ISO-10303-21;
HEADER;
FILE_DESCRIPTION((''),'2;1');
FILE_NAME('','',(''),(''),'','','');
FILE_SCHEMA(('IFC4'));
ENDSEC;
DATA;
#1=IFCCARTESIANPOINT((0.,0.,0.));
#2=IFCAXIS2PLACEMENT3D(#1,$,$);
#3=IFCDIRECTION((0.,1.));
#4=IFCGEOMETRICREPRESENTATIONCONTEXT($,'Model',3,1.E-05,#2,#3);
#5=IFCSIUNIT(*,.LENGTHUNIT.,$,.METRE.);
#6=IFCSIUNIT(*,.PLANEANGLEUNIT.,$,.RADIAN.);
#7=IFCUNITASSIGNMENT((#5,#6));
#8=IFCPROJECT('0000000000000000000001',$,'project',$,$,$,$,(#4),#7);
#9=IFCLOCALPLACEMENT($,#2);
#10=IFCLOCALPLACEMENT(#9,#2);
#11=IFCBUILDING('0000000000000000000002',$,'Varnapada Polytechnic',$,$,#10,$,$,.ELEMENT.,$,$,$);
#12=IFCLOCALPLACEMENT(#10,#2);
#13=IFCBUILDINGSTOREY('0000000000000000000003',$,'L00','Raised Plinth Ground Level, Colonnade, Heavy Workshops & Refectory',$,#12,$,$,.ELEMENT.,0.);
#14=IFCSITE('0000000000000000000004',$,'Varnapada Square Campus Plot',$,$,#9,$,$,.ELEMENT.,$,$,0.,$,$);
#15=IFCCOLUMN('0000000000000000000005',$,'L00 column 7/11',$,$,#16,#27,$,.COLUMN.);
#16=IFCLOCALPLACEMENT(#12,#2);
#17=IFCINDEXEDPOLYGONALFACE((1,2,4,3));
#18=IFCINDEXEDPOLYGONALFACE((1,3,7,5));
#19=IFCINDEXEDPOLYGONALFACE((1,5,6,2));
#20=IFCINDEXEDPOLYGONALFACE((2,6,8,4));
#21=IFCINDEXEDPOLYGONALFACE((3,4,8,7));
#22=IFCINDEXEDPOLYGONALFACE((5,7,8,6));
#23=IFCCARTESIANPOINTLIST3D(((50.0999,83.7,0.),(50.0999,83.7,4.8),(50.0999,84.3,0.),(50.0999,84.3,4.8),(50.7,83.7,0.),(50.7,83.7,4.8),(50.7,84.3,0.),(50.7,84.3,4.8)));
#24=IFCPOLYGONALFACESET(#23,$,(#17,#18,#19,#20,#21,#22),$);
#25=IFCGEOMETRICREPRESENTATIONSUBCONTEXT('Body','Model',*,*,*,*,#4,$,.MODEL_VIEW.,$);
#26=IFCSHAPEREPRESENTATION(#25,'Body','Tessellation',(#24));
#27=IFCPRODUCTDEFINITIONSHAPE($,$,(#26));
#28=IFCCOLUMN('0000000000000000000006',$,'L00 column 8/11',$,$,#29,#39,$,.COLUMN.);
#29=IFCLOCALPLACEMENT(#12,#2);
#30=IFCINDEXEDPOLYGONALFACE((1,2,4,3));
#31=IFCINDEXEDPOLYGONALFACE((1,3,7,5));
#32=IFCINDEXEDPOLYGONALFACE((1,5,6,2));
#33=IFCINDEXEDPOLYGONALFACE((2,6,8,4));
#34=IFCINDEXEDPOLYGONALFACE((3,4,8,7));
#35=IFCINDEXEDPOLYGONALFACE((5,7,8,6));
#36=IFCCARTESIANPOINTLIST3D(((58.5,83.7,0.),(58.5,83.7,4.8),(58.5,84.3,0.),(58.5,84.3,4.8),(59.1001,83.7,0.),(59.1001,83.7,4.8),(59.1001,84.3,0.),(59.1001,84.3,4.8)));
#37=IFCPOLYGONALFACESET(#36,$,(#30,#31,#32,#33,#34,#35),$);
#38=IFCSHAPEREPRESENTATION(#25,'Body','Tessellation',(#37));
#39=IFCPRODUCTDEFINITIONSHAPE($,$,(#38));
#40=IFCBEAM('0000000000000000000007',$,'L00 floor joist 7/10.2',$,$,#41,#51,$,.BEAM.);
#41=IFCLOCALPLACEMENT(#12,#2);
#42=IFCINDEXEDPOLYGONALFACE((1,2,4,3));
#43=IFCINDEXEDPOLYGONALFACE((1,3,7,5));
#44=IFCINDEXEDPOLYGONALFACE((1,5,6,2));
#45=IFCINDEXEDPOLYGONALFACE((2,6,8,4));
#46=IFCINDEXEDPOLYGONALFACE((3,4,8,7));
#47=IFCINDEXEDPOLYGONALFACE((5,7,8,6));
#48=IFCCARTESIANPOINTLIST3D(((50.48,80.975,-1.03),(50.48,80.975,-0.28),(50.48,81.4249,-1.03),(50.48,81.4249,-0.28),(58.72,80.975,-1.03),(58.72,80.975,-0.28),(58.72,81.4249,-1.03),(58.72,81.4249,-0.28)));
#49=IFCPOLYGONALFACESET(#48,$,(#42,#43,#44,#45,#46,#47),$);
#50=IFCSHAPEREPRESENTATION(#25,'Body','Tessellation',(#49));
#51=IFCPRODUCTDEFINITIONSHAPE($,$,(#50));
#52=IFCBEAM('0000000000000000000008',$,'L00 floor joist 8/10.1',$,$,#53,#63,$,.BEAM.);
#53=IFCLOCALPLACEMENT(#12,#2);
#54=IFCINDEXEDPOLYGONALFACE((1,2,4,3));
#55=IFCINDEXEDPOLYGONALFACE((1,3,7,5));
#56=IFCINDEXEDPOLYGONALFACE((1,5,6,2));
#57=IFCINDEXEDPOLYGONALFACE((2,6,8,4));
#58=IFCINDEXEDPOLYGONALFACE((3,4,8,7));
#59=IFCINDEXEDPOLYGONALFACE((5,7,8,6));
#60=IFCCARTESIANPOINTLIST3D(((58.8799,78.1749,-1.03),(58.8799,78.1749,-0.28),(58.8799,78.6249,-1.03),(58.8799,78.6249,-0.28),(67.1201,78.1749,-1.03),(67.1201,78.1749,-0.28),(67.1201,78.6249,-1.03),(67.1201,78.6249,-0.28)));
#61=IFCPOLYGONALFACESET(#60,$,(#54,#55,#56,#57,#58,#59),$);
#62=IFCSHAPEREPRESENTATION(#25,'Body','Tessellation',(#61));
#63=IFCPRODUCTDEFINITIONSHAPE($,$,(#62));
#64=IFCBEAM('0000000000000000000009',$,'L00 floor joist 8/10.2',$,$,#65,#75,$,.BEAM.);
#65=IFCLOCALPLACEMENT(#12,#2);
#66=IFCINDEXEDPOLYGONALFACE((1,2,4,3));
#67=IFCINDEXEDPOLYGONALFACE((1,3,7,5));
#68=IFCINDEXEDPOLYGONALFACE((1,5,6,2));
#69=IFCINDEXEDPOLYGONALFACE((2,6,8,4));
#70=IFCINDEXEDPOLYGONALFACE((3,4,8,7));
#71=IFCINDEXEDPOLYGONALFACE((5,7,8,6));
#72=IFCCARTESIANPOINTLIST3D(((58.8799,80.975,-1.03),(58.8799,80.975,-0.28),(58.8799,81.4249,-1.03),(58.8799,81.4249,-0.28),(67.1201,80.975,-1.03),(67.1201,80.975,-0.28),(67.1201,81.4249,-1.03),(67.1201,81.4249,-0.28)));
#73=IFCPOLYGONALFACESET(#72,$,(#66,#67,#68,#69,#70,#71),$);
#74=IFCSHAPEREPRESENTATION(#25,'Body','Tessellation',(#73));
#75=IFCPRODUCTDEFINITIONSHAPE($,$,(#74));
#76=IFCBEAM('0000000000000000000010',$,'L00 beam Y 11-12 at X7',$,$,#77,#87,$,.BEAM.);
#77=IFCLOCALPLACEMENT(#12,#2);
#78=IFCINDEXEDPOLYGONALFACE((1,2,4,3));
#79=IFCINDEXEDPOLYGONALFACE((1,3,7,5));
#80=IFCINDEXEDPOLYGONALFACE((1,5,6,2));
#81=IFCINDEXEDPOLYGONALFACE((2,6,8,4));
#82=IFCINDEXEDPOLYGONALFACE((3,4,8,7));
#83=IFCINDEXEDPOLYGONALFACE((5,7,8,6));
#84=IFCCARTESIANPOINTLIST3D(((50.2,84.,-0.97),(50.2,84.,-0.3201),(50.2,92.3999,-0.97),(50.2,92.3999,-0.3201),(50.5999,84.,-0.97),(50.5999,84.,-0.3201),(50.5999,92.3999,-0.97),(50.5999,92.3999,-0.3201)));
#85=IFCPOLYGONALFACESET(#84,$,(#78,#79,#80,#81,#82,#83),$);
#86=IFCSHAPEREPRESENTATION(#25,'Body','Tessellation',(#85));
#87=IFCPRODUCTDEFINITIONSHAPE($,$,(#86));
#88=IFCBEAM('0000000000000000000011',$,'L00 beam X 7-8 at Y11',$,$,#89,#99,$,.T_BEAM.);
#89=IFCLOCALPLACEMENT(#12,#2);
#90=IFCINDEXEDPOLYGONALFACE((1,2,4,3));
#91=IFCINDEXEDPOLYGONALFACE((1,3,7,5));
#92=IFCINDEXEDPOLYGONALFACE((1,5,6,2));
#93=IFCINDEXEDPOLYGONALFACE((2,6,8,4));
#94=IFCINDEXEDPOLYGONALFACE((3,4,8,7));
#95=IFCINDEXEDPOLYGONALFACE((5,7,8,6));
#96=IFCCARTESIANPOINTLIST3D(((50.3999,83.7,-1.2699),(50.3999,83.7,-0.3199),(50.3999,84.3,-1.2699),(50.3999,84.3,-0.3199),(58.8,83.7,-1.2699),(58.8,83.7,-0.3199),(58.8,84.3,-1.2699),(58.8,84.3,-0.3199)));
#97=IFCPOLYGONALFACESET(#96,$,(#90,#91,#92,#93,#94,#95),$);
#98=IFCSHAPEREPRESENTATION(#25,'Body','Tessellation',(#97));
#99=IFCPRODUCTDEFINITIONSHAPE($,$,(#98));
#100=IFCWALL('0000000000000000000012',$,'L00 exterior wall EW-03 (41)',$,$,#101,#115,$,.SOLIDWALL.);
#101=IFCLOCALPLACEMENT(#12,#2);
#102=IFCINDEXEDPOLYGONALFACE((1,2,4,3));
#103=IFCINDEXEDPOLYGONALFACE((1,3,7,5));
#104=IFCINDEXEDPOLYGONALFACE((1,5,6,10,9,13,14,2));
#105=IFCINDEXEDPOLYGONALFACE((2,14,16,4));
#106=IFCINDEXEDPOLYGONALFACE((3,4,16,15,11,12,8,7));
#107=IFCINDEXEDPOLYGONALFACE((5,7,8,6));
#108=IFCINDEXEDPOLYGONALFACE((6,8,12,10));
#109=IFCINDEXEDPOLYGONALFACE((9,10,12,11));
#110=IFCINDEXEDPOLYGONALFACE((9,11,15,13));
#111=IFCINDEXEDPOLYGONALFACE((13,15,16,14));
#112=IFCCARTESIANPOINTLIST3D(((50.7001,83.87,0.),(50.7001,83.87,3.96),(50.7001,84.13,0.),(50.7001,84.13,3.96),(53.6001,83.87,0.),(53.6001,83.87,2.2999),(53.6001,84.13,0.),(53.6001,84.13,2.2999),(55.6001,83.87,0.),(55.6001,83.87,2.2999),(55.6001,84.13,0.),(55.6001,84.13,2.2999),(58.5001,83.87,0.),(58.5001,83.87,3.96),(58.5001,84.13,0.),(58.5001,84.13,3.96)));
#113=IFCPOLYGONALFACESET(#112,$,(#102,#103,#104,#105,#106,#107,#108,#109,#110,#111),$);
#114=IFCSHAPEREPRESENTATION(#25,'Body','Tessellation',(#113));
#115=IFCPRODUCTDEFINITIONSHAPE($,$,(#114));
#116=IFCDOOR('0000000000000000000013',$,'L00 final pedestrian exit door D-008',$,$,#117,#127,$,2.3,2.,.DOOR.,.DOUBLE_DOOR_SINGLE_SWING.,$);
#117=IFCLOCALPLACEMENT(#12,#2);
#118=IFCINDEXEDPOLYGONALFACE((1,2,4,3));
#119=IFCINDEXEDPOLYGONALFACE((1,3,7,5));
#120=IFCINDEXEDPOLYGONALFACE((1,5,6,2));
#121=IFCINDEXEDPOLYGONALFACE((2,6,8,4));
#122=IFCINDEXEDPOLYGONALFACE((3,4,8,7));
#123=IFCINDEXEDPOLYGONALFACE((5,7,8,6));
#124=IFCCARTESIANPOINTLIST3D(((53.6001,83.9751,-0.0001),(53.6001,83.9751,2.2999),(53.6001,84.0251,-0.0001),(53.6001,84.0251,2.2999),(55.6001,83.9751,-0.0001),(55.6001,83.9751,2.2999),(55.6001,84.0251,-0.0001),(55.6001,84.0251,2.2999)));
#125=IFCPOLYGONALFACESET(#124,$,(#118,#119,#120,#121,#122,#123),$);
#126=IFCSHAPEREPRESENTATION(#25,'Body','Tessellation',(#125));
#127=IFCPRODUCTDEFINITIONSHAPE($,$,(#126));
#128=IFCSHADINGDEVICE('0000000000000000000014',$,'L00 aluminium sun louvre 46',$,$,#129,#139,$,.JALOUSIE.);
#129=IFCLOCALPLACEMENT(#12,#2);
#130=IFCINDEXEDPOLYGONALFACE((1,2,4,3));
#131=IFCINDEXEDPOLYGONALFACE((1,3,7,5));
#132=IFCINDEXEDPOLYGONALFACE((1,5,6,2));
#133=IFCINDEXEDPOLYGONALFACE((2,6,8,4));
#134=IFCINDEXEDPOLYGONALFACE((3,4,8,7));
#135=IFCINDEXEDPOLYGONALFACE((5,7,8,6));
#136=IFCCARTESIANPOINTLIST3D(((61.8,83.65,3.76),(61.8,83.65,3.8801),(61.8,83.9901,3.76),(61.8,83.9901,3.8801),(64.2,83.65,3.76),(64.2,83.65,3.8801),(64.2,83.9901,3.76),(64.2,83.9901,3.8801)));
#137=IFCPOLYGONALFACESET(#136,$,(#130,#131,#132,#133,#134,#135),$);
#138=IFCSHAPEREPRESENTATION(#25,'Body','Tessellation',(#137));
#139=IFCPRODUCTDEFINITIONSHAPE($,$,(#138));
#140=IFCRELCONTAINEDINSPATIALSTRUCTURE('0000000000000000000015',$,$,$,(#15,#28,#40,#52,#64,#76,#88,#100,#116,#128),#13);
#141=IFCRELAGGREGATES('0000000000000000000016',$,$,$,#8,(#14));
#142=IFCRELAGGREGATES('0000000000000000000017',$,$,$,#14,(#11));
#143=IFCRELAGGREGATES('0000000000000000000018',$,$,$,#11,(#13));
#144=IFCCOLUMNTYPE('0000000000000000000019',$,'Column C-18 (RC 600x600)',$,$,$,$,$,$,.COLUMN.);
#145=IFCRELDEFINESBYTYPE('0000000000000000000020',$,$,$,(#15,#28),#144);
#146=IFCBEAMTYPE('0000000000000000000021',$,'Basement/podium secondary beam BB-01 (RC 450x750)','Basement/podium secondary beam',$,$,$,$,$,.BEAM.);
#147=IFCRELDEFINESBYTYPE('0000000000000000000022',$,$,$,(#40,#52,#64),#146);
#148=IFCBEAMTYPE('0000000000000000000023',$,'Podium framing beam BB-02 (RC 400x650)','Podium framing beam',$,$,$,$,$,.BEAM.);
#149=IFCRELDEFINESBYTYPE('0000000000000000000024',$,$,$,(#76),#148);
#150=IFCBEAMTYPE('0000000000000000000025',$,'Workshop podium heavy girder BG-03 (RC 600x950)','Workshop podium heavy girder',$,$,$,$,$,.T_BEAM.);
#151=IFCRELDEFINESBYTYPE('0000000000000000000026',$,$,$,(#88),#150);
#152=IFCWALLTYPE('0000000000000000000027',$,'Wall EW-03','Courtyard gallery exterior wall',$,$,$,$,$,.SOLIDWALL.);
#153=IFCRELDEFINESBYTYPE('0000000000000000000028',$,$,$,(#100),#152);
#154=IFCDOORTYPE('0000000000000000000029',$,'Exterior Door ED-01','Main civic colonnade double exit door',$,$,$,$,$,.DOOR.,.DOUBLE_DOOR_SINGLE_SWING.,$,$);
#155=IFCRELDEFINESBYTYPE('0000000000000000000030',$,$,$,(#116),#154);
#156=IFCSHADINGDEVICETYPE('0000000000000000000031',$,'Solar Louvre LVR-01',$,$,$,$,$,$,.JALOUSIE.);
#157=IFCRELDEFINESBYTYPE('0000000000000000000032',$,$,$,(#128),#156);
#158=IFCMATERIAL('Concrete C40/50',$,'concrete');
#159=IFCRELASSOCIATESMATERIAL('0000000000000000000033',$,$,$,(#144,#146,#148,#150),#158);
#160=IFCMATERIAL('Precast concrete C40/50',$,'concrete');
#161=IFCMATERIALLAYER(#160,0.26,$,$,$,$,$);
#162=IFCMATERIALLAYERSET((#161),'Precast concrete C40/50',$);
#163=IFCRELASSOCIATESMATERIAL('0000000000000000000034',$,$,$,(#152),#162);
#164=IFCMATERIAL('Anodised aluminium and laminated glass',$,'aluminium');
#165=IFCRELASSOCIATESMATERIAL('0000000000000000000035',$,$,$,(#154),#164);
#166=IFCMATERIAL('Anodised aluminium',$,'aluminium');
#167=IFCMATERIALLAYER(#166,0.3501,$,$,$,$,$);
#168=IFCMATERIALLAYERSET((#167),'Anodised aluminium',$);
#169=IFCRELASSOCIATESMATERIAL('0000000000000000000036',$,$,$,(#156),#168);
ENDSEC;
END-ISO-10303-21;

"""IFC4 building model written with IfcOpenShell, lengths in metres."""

from ifc_helpers import new_model, si_unit, direction, frame, frame_2d, origin, origin_2d, place, context, subcontext, project, spatial, rectangle, extrude, material, layer, layer_set, material_profile, profile_set, type_object, element, fill, save


model = new_model("IFC4")

# Units and contexts
model_context = context("Model", 3, precision=1e-05, world=origin(), true_north=direction((0.0, 1.0)))
body_context = subcontext(model_context, "Body", "Model", "MODEL_VIEW")
ifc_project = project(units=[si_unit("LENGTHUNIT", "METRE"), si_unit("PLANEANGLEUNIT", "RADIAN")], contexts=[model_context])

# Site, building, storey
site_placement = place(None, origin())
site = spatial("IfcSite", under=ifc_project, at=site_placement, Name="Varnapada Square Campus Plot", CompositionType="ELEMENT", RefElevation=0.0)
building_placement = place(site_placement, origin())
building = spatial("IfcBuilding", under=site, at=building_placement, Name="Varnapada Polytechnic", CompositionType="ELEMENT")
storey_placement = place(building_placement, origin())
storey = spatial("IfcBuildingStorey", under=building, at=storey_placement, Name="L00", Description="Raised Plinth Ground Level, Colonnade, Heavy Workshops & Refectory", CompositionType="ELEMENT", Elevation=0.0)

# Columns
ifc_material_1 = material(Name="Concrete C40/50", Category="concrete")
ifc_material_profile_1 = material_profile(ifc_material_1, rectangle(XDim=0.6001, YDim=0.6001, at=origin_2d()), Name="RC 600x600")
ifc_profile_set_1 = profile_set([ifc_material_profile_1], Name="Concrete C40/50")
column_type = type_object("IfcColumnType", Name="Column C-18 (RC 600x600)", PredefinedType="COLUMN", material=ifc_profile_set_1)
for number, where, z_axis, x_axis, name in (
    (1, (50.3999, 84.0, 0.0), (0.0, 0.0, 1.0), (1.0, 0.0, 0.0), "L00 column 7/11"),
    (2, (58.8, 84.0, 0.0), (0.0, 0.0, 1.0), (1.0, 0.0, 0.0), "L00 column 8/11"),
):
    element("IfcColumn", number, at=place(storey_placement, frame(where, z_axis=z_axis, x_axis=x_axis)), inside=storey, type_object=column_type, Name=name, PredefinedType="COLUMN", context=body_context, shape_type="SweptSolid", body=[
        extrude(rectangle(XDim=0.6001, YDim=0.6001, at=origin_2d()), origin(), (0.0, 0.0, 1.0), 4.8),
    ])

# Beams
ifc_material_profile_2 = material_profile(ifc_material_1, rectangle(XDim=0.45, YDim=0.75, at=origin_2d()), Name="RC 450x750")
ifc_profile_set_2 = profile_set([ifc_material_profile_2], Name="Concrete C40/50")
beam_type_1 = type_object("IfcBeamType", Name="Basement/podium secondary beam BB-01 (RC 450x750)", Description="Basement/podium secondary beam", PredefinedType="BEAM", material=ifc_profile_set_2)
beam_1_placement = place(storey_placement, frame((50.48, 81.2, -0.655), z_axis=(1.0, 0.0, 0.0), x_axis=(0.0, 1.0, 0.0)))
element("IfcBeam", 3, at=beam_1_placement, inside=storey, type_object=beam_type_1, Name="L00 floor joist 7/10.2", PredefinedType="BEAM", context=body_context, shape_type="SweptSolid", body=[
    extrude(rectangle(XDim=0.45, YDim=0.75, at=origin_2d()), origin(), (0.0, 0.0, 1.0), 8.24),
])
for number, where, z_axis, x_axis, name in (
    (4, (58.8799, 78.3999, -0.655), (1.0, 0.0, 0.0), (0.0, 1.0, 0.0), "L00 floor joist 8/10.1"),
    (5, (58.8799, 81.2, -0.655), (1.0, 0.0, 0.0), (0.0, 1.0, 0.0), "L00 floor joist 8/10.2"),
):
    element("IfcBeam", number, at=place(storey_placement, frame(where, z_axis=z_axis, x_axis=x_axis)), inside=storey, type_object=beam_type_1, Name=name, PredefinedType="BEAM", context=body_context, shape_type="SweptSolid", body=[
        extrude(rectangle(XDim=0.45, YDim=0.75, at=origin_2d()), origin(), (0.0, 0.0, 1.0), 8.2402),
    ])
ifc_material_profile_3 = material_profile(ifc_material_1, rectangle(XDim=0.3999, YDim=0.6499, at=origin_2d()), Name="RC 400x650")
ifc_profile_set_3 = profile_set([ifc_material_profile_3], Name="Concrete C40/50")
beam_type_2 = type_object("IfcBeamType", Name="Podium framing beam BB-02 (RC 400x650)", Description="Podium framing beam", PredefinedType="BEAM", material=ifc_profile_set_3)
beam_2_placement = place(storey_placement, frame((50.3999, 84.0, -0.645), z_axis=(0.0, 1.0, 0.0), x_axis=(-1.0, 0.0, 0.0)))
element("IfcBeam", 6, at=beam_2_placement, inside=storey, type_object=beam_type_2, Name="L00 beam Y 11-12 at X7", PredefinedType="BEAM", context=body_context, shape_type="SweptSolid", body=[
    extrude(rectangle(XDim=0.3999, YDim=0.6499, at=origin_2d()), origin(), (0.0, 0.0, 1.0), 8.3999),
])
ifc_material_profile_4 = material_profile(ifc_material_1, rectangle(XDim=0.6001, YDim=0.95, at=origin_2d()), Name="RC 600x950")
ifc_profile_set_4 = profile_set([ifc_material_profile_4], Name="Concrete C40/50")
beam_type_3 = type_object("IfcBeamType", Name="Workshop podium heavy girder BG-03 (RC 600x950)", Description="Workshop podium heavy girder", PredefinedType="T_BEAM", material=ifc_profile_set_4)
beam_3_placement = place(storey_placement, frame((50.3999, 84.0, -0.7949), z_axis=(1.0, 0.0, 0.0), x_axis=(0.0, 1.0, 0.0)))
element("IfcBeam", 7, at=beam_3_placement, inside=storey, type_object=beam_type_3, Name="L00 beam X 7-8 at Y11", PredefinedType="T_BEAM", context=body_context, shape_type="SweptSolid", body=[
    extrude(rectangle(XDim=0.6001, YDim=0.95, at=origin_2d()), origin(), (0.0, 0.0, 1.0), 8.4001),
])

# Wall, opening, door
ifc_material_2 = material(Name="Precast concrete C40/50", Category="concrete")
ifc_layer_1 = layer(ifc_material_2, 0.26)
ifc_layer_set_1 = layer_set([ifc_layer_1], Name="Precast concrete C40/50")
wall_type = type_object("IfcWallType", Name="Wall EW-03", Description="Courtyard gallery exterior wall", PredefinedType="SOLIDWALL", material=ifc_layer_set_1)
wall_placement = place(storey_placement, frame((58.5, 84.0, 0.0), z_axis=(0.0, 0.0, 1.0), x_axis=(-1.0, 0.0, 0.0)))
wall = element("IfcWall", 8, at=wall_placement, inside=storey, type_object=wall_type, Name="L00 exterior wall EW-03 (41)", PredefinedType="SOLIDWALL", context=body_context, shape_type="SweptSolid", body=[
    extrude(rectangle(XDim=7.8, YDim=0.26, at=frame_2d((3.8999, 0.0))), origin(), (0.0, 0.0, 1.0), 3.96),
])
opening_1_placement = place(wall_placement, frame((2.8999, 0.0, 0.0)))
opening_1 = element("IfcOpeningElement", 9, at=opening_1_placement, cuts=wall, PredefinedType="OPENING", context=body_context, shape_type="SweptSolid", body=[
    extrude(rectangle(XDim=2.0, YDim=2.3, at=frame_2d((1.0, 1.1499))), frame((0.0, 0.1399, 0.0), z_axis=(0.0, -1.0, 0.0), x_axis=(1.0, 0.0, 0.0)), (0.0, 0.0, 1.0), 0.28),
])
ifc_material_3 = material(Name="Anodised aluminium and laminated glass", Category="aluminium")
door_type = type_object("IfcDoorType", Name="Exterior Door ED-01", Description="Main civic colonnade double exit door", OperationType="DOUBLE_DOOR_SINGLE_SWING", PredefinedType="DOOR", material=ifc_material_3)
door_placement = place(opening_1_placement, origin())
door = element("IfcDoor", 10, at=door_placement, inside=storey, type_object=door_type, Name="L00 final pedestrian exit door D-008", OperationType="DOUBLE_DOOR_SINGLE_SWING", OverallHeight=2.3, OverallWidth=2.0, PredefinedType="DOOR", context=body_context, shape_type="SweptSolid", body=[
    extrude(rectangle(XDim=2.0, YDim=2.3, at=frame_2d((1.0, 1.1499))), frame((0.0, 0.0249, 0.0), z_axis=(0.0, -1.0, 0.0), x_axis=(1.0, 0.0, 0.0)), (0.0, 0.0, 1.0), 0.05),
])
fill(opening_1, door)

# Shading device
ifc_material_4 = material(Name="Anodised aluminium", Category="aluminium")
ifc_layer_2 = layer(ifc_material_4, 0.3501)
ifc_layer_set_2 = layer_set([ifc_layer_2], Name="Anodised aluminium")
shading_device_type_1 = type_object("IfcShadingDeviceType", Name="Solar Louvre LVR-01", PredefinedType="JALOUSIE", material=ifc_layer_set_2)
shading_device_1_placement = place(storey_placement, frame((63.0, 83.8201, 3.76), z_axis=(0.0, 0.0, 1.0), x_axis=(-1.0, 0.0, 0.0)))
element("IfcShadingDevice", 11, at=shading_device_1_placement, inside=storey, type_object=shading_device_type_1, Name="L00 aluminium sun louvre 46", PredefinedType="JALOUSIE", context=body_context, shape_type="SweptSolid", body=[
    extrude(rectangle(XDim=2.3999, YDim=0.3401, at=origin_2d()), origin(), (0.0, 0.0, 1.0), 0.1201),
])

save(model, "model.ifc")
